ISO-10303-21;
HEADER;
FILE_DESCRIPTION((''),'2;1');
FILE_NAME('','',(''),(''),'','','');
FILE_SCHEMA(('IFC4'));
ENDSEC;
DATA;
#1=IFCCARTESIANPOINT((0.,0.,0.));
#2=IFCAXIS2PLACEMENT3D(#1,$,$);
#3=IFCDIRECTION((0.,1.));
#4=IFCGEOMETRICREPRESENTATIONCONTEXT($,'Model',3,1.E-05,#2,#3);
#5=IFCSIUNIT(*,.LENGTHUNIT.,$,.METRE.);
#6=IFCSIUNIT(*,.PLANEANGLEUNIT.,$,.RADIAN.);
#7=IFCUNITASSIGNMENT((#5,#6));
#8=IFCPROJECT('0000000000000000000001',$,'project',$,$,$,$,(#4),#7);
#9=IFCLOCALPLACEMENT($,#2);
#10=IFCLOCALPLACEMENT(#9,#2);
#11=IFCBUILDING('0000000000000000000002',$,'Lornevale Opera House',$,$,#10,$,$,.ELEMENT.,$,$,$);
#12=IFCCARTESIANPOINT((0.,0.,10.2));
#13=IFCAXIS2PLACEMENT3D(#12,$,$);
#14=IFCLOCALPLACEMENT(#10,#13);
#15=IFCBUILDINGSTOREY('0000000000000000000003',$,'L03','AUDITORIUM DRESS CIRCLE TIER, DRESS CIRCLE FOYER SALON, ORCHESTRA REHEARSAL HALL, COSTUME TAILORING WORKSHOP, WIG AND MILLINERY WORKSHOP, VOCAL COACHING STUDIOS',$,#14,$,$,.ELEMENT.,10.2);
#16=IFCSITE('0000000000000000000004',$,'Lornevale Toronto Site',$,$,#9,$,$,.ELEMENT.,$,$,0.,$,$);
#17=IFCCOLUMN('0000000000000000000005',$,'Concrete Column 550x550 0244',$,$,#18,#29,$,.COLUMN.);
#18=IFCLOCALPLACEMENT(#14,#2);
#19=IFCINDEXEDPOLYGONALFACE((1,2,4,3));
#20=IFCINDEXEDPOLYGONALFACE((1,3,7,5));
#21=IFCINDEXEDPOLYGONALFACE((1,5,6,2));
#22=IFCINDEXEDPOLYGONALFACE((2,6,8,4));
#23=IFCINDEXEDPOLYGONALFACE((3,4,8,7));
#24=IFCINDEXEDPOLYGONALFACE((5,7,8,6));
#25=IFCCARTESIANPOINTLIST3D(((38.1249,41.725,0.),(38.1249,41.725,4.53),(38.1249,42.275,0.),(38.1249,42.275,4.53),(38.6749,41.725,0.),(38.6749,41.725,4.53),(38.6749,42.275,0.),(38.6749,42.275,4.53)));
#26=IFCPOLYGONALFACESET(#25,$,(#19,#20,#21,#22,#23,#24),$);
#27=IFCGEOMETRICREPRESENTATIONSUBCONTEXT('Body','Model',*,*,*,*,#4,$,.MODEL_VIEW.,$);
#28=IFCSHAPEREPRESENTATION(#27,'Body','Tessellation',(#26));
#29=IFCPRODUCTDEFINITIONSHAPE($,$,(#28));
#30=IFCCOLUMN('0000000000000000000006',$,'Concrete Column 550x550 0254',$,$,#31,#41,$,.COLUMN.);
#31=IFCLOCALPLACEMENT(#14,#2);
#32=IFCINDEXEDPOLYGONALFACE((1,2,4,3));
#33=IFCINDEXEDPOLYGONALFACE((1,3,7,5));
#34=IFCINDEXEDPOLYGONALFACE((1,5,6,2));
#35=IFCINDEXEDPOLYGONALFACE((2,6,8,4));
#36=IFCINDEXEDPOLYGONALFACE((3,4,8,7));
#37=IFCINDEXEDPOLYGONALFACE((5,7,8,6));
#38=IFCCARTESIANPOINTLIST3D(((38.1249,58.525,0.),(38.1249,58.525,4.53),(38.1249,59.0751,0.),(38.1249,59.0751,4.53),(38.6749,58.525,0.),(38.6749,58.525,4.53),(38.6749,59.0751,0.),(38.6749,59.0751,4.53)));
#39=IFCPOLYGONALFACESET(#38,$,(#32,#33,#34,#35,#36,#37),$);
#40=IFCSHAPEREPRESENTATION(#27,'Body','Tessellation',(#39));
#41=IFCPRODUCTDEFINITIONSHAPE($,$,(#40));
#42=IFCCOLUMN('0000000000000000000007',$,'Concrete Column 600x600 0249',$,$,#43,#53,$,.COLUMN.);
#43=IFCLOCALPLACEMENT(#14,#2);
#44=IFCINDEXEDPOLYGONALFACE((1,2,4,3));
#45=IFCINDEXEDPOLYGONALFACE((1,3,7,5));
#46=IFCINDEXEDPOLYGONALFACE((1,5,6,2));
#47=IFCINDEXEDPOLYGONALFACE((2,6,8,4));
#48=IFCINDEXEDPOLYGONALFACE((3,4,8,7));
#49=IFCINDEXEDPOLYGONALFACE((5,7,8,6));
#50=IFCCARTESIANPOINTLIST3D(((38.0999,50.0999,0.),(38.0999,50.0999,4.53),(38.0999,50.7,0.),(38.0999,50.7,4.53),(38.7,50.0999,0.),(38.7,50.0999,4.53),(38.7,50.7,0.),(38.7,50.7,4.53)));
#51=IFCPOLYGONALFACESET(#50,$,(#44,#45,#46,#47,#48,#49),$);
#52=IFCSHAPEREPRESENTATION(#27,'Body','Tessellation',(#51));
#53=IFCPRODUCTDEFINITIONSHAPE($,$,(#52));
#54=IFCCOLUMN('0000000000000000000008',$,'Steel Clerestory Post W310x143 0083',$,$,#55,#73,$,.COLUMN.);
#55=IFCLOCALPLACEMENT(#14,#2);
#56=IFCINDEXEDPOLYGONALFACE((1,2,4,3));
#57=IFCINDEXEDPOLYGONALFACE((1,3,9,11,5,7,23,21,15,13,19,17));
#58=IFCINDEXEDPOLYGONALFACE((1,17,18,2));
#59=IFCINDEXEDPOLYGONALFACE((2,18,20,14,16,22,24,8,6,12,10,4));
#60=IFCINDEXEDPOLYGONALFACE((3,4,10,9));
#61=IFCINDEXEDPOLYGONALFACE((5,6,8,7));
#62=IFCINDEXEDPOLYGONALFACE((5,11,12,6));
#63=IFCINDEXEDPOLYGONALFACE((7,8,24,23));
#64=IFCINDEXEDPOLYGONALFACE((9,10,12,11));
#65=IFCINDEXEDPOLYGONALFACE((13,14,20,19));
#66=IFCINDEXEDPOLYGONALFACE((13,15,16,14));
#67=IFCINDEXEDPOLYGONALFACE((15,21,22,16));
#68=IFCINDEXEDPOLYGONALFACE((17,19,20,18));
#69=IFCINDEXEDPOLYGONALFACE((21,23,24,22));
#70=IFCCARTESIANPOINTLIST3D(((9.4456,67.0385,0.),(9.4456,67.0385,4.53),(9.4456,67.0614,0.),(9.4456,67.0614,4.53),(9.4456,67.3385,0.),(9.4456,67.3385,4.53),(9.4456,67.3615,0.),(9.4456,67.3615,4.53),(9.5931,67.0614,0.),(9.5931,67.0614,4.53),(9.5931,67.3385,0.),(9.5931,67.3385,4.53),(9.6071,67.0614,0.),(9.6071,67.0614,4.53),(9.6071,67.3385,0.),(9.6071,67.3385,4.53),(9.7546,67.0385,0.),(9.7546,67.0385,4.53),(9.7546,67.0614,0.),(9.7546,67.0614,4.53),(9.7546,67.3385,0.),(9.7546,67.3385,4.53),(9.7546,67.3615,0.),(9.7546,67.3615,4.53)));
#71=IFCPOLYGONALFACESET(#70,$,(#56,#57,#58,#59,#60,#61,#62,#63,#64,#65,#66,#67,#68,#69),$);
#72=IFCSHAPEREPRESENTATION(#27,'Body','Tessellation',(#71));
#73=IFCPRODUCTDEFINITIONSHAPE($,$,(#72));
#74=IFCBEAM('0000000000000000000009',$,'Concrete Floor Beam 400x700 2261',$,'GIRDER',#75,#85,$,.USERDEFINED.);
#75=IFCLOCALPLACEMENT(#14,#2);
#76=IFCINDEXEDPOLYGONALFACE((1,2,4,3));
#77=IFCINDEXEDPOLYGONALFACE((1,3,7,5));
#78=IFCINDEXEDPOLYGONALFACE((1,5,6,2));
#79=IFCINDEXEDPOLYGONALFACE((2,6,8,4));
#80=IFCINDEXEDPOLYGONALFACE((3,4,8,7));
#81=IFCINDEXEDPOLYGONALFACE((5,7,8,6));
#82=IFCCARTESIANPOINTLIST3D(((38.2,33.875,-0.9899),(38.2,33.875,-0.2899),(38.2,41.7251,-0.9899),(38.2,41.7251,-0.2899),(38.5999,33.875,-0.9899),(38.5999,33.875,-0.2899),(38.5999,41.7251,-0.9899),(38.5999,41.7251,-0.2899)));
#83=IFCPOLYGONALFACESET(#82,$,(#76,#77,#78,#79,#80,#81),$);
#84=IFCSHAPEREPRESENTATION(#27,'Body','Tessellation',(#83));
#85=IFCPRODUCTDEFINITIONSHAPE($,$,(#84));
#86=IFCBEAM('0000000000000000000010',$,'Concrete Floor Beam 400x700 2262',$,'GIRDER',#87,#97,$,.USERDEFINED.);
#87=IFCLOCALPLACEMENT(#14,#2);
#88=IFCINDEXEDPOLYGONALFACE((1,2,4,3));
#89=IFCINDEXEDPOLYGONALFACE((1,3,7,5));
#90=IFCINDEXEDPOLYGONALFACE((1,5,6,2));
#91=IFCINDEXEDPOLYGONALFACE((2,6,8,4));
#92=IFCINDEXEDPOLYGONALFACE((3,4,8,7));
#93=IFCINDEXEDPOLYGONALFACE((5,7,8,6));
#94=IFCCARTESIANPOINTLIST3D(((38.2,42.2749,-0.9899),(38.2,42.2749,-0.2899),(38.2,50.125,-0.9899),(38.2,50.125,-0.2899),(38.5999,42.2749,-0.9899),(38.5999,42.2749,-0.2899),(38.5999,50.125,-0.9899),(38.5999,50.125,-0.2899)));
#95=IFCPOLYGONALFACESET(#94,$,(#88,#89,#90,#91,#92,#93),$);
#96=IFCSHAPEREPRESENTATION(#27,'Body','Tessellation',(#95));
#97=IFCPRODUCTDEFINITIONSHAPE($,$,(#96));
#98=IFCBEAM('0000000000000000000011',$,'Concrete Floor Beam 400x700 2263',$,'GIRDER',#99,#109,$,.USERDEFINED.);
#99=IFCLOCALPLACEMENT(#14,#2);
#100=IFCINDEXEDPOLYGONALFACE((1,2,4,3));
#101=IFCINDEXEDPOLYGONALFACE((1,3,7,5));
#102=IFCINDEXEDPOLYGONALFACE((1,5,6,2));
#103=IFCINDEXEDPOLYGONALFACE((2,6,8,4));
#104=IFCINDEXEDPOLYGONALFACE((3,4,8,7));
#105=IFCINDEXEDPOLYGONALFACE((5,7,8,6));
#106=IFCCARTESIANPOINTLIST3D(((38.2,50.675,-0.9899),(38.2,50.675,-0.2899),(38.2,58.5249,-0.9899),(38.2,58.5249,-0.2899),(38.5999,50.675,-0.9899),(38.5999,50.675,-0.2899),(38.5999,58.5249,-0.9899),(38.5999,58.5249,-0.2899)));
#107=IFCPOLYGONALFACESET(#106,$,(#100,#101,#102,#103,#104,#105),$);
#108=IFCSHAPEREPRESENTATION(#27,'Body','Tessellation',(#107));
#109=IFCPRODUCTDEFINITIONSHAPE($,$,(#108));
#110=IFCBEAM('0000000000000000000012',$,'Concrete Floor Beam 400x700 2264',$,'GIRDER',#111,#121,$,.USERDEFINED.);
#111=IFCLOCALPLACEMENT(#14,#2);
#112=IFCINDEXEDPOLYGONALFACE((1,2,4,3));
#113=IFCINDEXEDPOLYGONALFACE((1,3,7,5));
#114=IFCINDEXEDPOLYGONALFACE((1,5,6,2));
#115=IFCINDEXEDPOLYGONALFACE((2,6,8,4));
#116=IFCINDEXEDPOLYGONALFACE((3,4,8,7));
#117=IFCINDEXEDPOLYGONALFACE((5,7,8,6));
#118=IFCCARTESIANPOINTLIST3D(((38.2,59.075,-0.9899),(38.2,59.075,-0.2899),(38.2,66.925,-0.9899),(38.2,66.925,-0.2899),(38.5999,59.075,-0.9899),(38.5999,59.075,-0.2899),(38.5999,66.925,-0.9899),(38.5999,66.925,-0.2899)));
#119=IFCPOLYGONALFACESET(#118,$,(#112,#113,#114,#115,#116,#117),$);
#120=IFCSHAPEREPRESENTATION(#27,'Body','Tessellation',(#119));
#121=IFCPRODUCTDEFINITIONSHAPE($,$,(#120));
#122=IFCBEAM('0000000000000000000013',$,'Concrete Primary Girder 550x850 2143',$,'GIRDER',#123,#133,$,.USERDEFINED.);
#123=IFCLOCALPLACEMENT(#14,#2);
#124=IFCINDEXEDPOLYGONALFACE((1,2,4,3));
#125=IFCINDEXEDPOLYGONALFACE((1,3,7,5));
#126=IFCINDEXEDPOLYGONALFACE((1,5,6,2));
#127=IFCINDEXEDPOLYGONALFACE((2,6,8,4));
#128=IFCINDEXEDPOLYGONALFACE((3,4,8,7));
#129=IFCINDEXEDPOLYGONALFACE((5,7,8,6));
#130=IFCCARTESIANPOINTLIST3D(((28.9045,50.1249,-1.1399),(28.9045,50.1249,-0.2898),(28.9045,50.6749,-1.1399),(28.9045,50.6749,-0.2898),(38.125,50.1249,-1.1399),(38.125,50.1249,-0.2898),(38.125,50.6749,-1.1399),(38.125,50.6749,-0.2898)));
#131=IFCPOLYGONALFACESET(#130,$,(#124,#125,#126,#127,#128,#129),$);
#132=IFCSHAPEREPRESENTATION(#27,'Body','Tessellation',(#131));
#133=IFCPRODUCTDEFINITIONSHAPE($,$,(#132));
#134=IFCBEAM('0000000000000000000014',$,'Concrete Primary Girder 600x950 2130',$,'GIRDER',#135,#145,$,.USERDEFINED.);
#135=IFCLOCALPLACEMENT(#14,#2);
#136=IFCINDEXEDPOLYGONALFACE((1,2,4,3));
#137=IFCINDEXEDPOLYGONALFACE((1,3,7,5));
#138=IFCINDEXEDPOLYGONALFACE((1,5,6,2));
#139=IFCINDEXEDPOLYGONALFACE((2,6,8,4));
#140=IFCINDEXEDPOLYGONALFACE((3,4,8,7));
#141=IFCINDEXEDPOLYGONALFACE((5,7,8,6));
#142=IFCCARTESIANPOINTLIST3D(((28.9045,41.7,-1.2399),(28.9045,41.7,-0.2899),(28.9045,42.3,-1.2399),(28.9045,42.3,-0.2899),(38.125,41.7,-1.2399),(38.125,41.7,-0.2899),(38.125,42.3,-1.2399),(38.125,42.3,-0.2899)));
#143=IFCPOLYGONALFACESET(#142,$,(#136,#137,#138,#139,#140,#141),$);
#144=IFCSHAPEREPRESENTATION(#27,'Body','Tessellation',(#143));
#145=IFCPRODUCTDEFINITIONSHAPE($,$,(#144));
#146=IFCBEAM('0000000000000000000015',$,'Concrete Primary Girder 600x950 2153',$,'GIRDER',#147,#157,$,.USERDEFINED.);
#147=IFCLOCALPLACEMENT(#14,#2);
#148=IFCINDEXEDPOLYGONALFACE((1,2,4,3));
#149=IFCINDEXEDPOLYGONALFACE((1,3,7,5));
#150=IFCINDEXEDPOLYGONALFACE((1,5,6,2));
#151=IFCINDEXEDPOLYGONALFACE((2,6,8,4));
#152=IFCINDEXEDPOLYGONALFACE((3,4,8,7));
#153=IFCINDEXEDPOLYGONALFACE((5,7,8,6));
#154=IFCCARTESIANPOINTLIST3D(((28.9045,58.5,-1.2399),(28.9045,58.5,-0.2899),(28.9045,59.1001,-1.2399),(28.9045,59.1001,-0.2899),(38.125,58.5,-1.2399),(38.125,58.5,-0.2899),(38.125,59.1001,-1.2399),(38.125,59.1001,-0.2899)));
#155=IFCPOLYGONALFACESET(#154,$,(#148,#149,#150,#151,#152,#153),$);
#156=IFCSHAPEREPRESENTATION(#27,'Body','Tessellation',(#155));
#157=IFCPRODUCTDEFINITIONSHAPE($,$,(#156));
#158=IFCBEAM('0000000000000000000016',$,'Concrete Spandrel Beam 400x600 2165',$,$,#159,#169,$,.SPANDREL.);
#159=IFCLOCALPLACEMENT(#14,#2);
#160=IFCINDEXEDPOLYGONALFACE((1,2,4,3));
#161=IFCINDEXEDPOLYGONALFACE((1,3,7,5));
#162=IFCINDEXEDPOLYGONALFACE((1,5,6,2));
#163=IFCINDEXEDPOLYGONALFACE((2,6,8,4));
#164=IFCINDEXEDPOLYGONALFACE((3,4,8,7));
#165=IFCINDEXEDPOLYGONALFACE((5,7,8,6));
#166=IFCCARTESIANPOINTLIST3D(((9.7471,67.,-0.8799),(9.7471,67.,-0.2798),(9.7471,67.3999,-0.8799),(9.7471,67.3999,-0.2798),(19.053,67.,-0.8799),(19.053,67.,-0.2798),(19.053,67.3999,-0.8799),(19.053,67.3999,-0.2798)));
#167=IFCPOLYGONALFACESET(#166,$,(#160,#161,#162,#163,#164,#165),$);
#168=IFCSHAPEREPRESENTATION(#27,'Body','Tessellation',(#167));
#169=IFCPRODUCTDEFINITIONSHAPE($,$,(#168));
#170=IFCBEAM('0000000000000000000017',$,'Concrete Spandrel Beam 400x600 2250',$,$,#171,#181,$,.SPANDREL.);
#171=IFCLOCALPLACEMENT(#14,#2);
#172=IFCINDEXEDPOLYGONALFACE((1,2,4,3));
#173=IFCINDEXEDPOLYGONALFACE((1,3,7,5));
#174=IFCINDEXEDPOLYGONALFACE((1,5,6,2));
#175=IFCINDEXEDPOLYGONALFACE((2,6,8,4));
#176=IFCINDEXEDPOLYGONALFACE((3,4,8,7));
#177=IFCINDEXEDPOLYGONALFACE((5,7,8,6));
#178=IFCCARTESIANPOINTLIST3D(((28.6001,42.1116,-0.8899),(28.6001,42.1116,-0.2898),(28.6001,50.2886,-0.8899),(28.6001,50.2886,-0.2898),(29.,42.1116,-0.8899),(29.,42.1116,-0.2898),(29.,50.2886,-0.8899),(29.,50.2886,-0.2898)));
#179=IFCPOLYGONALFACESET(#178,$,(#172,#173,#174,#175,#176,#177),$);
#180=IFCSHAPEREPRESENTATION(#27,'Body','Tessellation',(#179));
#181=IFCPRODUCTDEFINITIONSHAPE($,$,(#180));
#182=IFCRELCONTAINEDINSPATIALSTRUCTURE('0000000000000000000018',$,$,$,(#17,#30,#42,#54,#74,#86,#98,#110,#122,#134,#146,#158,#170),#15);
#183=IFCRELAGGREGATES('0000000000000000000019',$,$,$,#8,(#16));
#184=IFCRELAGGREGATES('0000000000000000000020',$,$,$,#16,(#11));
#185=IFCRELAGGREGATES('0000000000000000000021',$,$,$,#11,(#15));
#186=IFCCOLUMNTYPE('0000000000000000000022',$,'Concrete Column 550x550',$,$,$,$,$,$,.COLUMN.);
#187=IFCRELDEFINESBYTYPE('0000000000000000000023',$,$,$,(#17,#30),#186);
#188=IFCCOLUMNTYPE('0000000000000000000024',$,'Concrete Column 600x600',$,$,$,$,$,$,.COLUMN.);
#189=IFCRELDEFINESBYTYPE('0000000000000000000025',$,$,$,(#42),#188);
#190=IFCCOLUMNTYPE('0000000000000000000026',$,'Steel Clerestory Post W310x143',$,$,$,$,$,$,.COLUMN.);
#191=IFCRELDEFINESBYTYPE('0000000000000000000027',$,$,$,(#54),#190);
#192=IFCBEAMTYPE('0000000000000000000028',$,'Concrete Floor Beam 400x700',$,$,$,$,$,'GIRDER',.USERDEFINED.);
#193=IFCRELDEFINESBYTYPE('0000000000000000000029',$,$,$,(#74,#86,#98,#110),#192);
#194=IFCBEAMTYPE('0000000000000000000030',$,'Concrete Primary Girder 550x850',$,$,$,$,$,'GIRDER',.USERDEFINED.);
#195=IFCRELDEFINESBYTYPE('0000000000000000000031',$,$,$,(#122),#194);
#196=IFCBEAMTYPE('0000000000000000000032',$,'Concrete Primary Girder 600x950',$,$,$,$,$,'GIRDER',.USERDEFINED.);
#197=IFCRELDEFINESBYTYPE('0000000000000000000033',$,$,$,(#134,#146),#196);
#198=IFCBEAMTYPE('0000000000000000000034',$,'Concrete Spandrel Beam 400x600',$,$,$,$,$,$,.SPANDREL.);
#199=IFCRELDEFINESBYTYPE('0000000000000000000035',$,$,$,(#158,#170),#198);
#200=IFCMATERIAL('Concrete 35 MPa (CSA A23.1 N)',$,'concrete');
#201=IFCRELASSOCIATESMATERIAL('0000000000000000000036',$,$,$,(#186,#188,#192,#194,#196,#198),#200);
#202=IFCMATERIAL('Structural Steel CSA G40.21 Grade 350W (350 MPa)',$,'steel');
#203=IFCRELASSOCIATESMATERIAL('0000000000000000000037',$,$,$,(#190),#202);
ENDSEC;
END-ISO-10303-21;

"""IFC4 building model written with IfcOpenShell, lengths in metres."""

from ifc_helpers import new_model, si_unit, direction, frame, origin, origin_2d, place, context, subcontext, project, spatial, rectangle, i_section, extrude, material, material_profile, profile_set, type_object, element, save


model = new_model("IFC4")

# Units and contexts
model_context = context("Model", 3, precision=1e-05, world=origin(), true_north=direction((0.0, 1.0)))
body_context = subcontext(model_context, "Body", "Model", "MODEL_VIEW")
ifc_project = project(units=[si_unit("LENGTHUNIT", "METRE"), si_unit("PLANEANGLEUNIT", "RADIAN")], contexts=[model_context])

# Site, building, storey
site_placement = place(None, origin())
site = spatial("IfcSite", under=ifc_project, at=site_placement, Name="Lornevale Toronto Site", CompositionType="ELEMENT", RefElevation=0.0)
building_placement = place(site_placement, origin())
building = spatial("IfcBuilding", under=site, at=building_placement, Name="Lornevale Opera House", CompositionType="ELEMENT")
storey_placement = place(building_placement, frame((0.0, 0.0, 10.2)))
storey = spatial("IfcBuildingStorey", under=building, at=storey_placement, Name="L03", Description="AUDITORIUM DRESS CIRCLE TIER, DRESS CIRCLE FOYER SALON, ORCHESTRA REHEARSAL HALL, COSTUME TAILORING WORKSHOP, WIG AND MILLINERY WORKSHOP, VOCAL COACHING STUDIOS", CompositionType="ELEMENT", Elevation=10.2)

# Columns
ifc_material_1 = material(Name="Concrete 35 MPa (CSA A23.1 N)", Category="concrete")
ifc_material_profile_1 = material_profile(ifc_material_1, rectangle(XDim=0.55, YDim=0.55, at=origin_2d()), Name="RC550x550")
ifc_profile_set_1 = profile_set([ifc_material_profile_1], Name="Concrete 35 MPa (CSA A23.1 N)")
column_type_1 = type_object("IfcColumnType", Name="Concrete Column 550x550", PredefinedType="COLUMN", material=ifc_profile_set_1)
for number, where, z_axis, x_axis, name in (
    (1, (38.3999, 42.0, 0.0), (0.0, 0.0, 1.0), (1.0, 0.0, 0.0), "Concrete Column 550x550 0244"),
    (2, (38.3999, 58.8, 0.0), (0.0, 0.0, 1.0), (1.0, 0.0, 0.0), "Concrete Column 550x550 0254"),
):
    element("IfcColumn", number, at=place(storey_placement, frame(where, z_axis=z_axis, x_axis=x_axis)), inside=storey, type_object=column_type_1, Name=name, PredefinedType="COLUMN", context=body_context, shape_type="SweptSolid", body=[
        extrude(rectangle(XDim=0.55, YDim=0.55, at=origin_2d()), origin(), (0.0, 0.0, 1.0), 4.53),
    ])
ifc_material_profile_2 = material_profile(ifc_material_1, rectangle(XDim=0.6001, YDim=0.6001, at=origin_2d()), Name="RC600x600")
ifc_profile_set_2 = profile_set([ifc_material_profile_2], Name="Concrete 35 MPa (CSA A23.1 N)")
column_type_2 = type_object("IfcColumnType", Name="Concrete Column 600x600", PredefinedType="COLUMN", material=ifc_profile_set_2)
column_1_placement = place(storey_placement, frame((38.3999, 50.3999, 0.0), z_axis=(0.0, 0.0, 1.0), x_axis=(1.0, 0.0, 0.0)))
element("IfcColumn", 3, at=column_1_placement, inside=storey, type_object=column_type_2, Name="Concrete Column 600x600 0249", PredefinedType="COLUMN", context=body_context, shape_type="SweptSolid", body=[
    extrude(rectangle(XDim=0.6001, YDim=0.6001, at=origin_2d()), origin(), (0.0, 0.0, 1.0), 4.53),
])
ifc_material_2 = material(Name="Structural Steel CSA G40.21 Grade 350W (350 MPa)", Category="steel")
ifc_material_profile_3 = material_profile(ifc_material_2, i_section(OverallWidth=0.3091, OverallDepth=0.323, WebThickness=0.0139, FlangeThickness=0.0229, at=origin_2d()), Name="W310x143")
ifc_profile_set_3 = profile_set([ifc_material_profile_3], Name="Structural Steel CSA G40.21 Grade 350W (350 MPa)")
column_type_3 = type_object("IfcColumnType", Name="Steel Clerestory Post W310x143", PredefinedType="COLUMN", material=ifc_profile_set_3)
column_2_placement = place(storey_placement, frame((9.6001, 67.2, 0.0), z_axis=(0.0, 0.0, 1.0), x_axis=(1.0, 0.0, 0.0)))
element("IfcColumn", 4, at=column_2_placement, inside=storey, type_object=column_type_3, Name="Steel Clerestory Post W310x143 0083", PredefinedType="COLUMN", context=body_context, shape_type="SweptSolid", body=[
    extrude(i_section(OverallWidth=0.3091, OverallDepth=0.323, WebThickness=0.0139, FlangeThickness=0.0229, at=origin_2d()), origin(), (0.0, 0.0, 1.0), 4.53),
])

# Beams
ifc_material_profile_4 = material_profile(ifc_material_1, rectangle(XDim=0.3999, YDim=0.7, at=origin_2d()), Name="RC400x700")
ifc_profile_set_4 = profile_set([ifc_material_profile_4], Name="Concrete 35 MPa (CSA A23.1 N)")
beam_type_1 = type_object("IfcBeamType", Name="Concrete Floor Beam 400x700", ElementType="GIRDER", PredefinedType="USERDEFINED", material=ifc_profile_set_4)
for number, where, z_axis, x_axis, name in (
    (5, (38.3999, 33.875, -0.6399), (0.0, 1.0, 0.0), (-1.0, 0.0, 0.0), "Concrete Floor Beam 400x700 2261"),
    (6, (38.3999, 42.2749, -0.6399), (0.0, 1.0, 0.0), (-1.0, 0.0, 0.0), "Concrete Floor Beam 400x700 2262"),
):
    element("IfcBeam", number, at=place(storey_placement, frame(where, z_axis=z_axis, x_axis=x_axis)), inside=storey, type_object=beam_type_1, Name=name, ObjectType="GIRDER", PredefinedType="USERDEFINED", context=body_context, shape_type="SweptSolid", body=[
        extrude(rectangle(XDim=0.3999, YDim=0.7, at=origin_2d()), origin(), (0.0, 0.0, 1.0), 7.8501),
    ])
beam_1_placement = place(storey_placement, frame((38.3999, 50.675, -0.6399), z_axis=(0.0, 1.0, 0.0), x_axis=(-1.0, 0.0, 0.0)))
element("IfcBeam", 7, at=beam_1_placement, inside=storey, type_object=beam_type_1, Name="Concrete Floor Beam 400x700 2263", ObjectType="GIRDER", PredefinedType="USERDEFINED", context=body_context, shape_type="SweptSolid", body=[
    extrude(rectangle(XDim=0.3999, YDim=0.7, at=origin_2d()), origin(), (0.0, 0.0, 1.0), 7.8499),
])
beam_2_placement = place(storey_placement, frame((38.3999, 59.075, -0.6399), z_axis=(0.0, 1.0, 0.0), x_axis=(-1.0, 0.0, 0.0)))
element("IfcBeam", 8, at=beam_2_placement, inside=storey, type_object=beam_type_1, Name="Concrete Floor Beam 400x700 2264", ObjectType="GIRDER", PredefinedType="USERDEFINED", context=body_context, shape_type="SweptSolid", body=[
    extrude(rectangle(XDim=0.3999, YDim=0.7, at=origin_2d()), origin(), (0.0, 0.0, 1.0), 7.8501),
])
ifc_material_profile_5 = material_profile(ifc_material_1, rectangle(XDim=0.55, YDim=0.8501, at=origin_2d()), Name="RC550x850")
ifc_profile_set_5 = profile_set([ifc_material_profile_5], Name="Concrete 35 MPa (CSA A23.1 N)")
beam_type_2 = type_object("IfcBeamType", Name="Concrete Primary Girder 550x850", ElementType="GIRDER", PredefinedType="USERDEFINED", material=ifc_profile_set_5)
beam_3_placement = place(storey_placement, frame((28.9045, 50.3999, -0.7148), z_axis=(1.0, 0.0, 0.0), x_axis=(0.0, 1.0, 0.0)))
element("IfcBeam", 9, at=beam_3_placement, inside=storey, type_object=beam_type_2, Name="Concrete Primary Girder 550x850 2143", ObjectType="GIRDER", PredefinedType="USERDEFINED", context=body_context, shape_type="SweptSolid", body=[
    extrude(rectangle(XDim=0.55, YDim=0.8501, at=origin_2d()), origin(), (0.0, 0.0, 1.0), 9.2205),
])
ifc_material_profile_6 = material_profile(ifc_material_1, rectangle(XDim=0.6001, YDim=0.95, at=origin_2d()), Name="RC600x950")
ifc_profile_set_6 = profile_set([ifc_material_profile_6], Name="Concrete 35 MPa (CSA A23.1 N)")
beam_type_3 = type_object("IfcBeamType", Name="Concrete Primary Girder 600x950", ElementType="GIRDER", PredefinedType="USERDEFINED", material=ifc_profile_set_6)
for number, where, z_axis, x_axis, name in (
    (10, (28.9045, 42.0, -0.7649), (1.0, 0.0, 0.0), (0.0, 1.0, 0.0), "Concrete Primary Girder 600x950 2130"),
    (11, (28.9045, 58.8, -0.7649), (1.0, 0.0, 0.0), (0.0, 1.0, 0.0), "Concrete Primary Girder 600x950 2153"),
):
    element("IfcBeam", number, at=place(storey_placement, frame(where, z_axis=z_axis, x_axis=x_axis)), inside=storey, type_object=beam_type_3, Name=name, ObjectType="GIRDER", PredefinedType="USERDEFINED", context=body_context, shape_type="SweptSolid", body=[
        extrude(rectangle(XDim=0.6001, YDim=0.95, at=origin_2d()), origin(), (0.0, 0.0, 1.0), 9.2205),
    ])
ifc_material_profile_7 = material_profile(ifc_material_1, rectangle(XDim=0.3999, YDim=0.6001, at=origin_2d()), Name="RC400x600")
ifc_profile_set_7 = profile_set([ifc_material_profile_7], Name="Concrete 35 MPa (CSA A23.1 N)")
beam_type_4 = type_object("IfcBeamType", Name="Concrete Spandrel Beam 400x600", PredefinedType="SPANDREL", material=ifc_profile_set_7)
beam_4_placement = place(storey_placement, frame((9.7471, 67.2, -0.5798), z_axis=(1.0, 0.0, 0.0), x_axis=(0.0, 1.0, 0.0)))
element("IfcBeam", 12, at=beam_4_placement, inside=storey, type_object=beam_type_4, Name="Concrete Spandrel Beam 400x600 2165", PredefinedType="SPANDREL", context=body_context, shape_type="SweptSolid", body=[
    extrude(rectangle(XDim=0.3999, YDim=0.6001, at=origin_2d()), origin(), (0.0, 0.0, 1.0), 9.3059),
])
for number, where, z_axis, x_axis, name in (
    (13, (28.8, 42.1116, -0.5898), (0.0, 1.0, 0.0), (-1.0, 0.0, 0.0), "Concrete Spandrel Beam 400x600 2250"),
):
    element("IfcBeam", number, at=place(storey_placement, frame(where, z_axis=z_axis, x_axis=x_axis)), inside=storey, type_object=beam_type_4, Name=name, PredefinedType="SPANDREL", context=body_context, shape_type="SweptSolid", body=[
        extrude(rectangle(XDim=0.3999, YDim=0.6001, at=origin_2d()), origin(), (0.0, 0.0, 1.0), 8.177),
    ])

save(model, "model.ifc")
